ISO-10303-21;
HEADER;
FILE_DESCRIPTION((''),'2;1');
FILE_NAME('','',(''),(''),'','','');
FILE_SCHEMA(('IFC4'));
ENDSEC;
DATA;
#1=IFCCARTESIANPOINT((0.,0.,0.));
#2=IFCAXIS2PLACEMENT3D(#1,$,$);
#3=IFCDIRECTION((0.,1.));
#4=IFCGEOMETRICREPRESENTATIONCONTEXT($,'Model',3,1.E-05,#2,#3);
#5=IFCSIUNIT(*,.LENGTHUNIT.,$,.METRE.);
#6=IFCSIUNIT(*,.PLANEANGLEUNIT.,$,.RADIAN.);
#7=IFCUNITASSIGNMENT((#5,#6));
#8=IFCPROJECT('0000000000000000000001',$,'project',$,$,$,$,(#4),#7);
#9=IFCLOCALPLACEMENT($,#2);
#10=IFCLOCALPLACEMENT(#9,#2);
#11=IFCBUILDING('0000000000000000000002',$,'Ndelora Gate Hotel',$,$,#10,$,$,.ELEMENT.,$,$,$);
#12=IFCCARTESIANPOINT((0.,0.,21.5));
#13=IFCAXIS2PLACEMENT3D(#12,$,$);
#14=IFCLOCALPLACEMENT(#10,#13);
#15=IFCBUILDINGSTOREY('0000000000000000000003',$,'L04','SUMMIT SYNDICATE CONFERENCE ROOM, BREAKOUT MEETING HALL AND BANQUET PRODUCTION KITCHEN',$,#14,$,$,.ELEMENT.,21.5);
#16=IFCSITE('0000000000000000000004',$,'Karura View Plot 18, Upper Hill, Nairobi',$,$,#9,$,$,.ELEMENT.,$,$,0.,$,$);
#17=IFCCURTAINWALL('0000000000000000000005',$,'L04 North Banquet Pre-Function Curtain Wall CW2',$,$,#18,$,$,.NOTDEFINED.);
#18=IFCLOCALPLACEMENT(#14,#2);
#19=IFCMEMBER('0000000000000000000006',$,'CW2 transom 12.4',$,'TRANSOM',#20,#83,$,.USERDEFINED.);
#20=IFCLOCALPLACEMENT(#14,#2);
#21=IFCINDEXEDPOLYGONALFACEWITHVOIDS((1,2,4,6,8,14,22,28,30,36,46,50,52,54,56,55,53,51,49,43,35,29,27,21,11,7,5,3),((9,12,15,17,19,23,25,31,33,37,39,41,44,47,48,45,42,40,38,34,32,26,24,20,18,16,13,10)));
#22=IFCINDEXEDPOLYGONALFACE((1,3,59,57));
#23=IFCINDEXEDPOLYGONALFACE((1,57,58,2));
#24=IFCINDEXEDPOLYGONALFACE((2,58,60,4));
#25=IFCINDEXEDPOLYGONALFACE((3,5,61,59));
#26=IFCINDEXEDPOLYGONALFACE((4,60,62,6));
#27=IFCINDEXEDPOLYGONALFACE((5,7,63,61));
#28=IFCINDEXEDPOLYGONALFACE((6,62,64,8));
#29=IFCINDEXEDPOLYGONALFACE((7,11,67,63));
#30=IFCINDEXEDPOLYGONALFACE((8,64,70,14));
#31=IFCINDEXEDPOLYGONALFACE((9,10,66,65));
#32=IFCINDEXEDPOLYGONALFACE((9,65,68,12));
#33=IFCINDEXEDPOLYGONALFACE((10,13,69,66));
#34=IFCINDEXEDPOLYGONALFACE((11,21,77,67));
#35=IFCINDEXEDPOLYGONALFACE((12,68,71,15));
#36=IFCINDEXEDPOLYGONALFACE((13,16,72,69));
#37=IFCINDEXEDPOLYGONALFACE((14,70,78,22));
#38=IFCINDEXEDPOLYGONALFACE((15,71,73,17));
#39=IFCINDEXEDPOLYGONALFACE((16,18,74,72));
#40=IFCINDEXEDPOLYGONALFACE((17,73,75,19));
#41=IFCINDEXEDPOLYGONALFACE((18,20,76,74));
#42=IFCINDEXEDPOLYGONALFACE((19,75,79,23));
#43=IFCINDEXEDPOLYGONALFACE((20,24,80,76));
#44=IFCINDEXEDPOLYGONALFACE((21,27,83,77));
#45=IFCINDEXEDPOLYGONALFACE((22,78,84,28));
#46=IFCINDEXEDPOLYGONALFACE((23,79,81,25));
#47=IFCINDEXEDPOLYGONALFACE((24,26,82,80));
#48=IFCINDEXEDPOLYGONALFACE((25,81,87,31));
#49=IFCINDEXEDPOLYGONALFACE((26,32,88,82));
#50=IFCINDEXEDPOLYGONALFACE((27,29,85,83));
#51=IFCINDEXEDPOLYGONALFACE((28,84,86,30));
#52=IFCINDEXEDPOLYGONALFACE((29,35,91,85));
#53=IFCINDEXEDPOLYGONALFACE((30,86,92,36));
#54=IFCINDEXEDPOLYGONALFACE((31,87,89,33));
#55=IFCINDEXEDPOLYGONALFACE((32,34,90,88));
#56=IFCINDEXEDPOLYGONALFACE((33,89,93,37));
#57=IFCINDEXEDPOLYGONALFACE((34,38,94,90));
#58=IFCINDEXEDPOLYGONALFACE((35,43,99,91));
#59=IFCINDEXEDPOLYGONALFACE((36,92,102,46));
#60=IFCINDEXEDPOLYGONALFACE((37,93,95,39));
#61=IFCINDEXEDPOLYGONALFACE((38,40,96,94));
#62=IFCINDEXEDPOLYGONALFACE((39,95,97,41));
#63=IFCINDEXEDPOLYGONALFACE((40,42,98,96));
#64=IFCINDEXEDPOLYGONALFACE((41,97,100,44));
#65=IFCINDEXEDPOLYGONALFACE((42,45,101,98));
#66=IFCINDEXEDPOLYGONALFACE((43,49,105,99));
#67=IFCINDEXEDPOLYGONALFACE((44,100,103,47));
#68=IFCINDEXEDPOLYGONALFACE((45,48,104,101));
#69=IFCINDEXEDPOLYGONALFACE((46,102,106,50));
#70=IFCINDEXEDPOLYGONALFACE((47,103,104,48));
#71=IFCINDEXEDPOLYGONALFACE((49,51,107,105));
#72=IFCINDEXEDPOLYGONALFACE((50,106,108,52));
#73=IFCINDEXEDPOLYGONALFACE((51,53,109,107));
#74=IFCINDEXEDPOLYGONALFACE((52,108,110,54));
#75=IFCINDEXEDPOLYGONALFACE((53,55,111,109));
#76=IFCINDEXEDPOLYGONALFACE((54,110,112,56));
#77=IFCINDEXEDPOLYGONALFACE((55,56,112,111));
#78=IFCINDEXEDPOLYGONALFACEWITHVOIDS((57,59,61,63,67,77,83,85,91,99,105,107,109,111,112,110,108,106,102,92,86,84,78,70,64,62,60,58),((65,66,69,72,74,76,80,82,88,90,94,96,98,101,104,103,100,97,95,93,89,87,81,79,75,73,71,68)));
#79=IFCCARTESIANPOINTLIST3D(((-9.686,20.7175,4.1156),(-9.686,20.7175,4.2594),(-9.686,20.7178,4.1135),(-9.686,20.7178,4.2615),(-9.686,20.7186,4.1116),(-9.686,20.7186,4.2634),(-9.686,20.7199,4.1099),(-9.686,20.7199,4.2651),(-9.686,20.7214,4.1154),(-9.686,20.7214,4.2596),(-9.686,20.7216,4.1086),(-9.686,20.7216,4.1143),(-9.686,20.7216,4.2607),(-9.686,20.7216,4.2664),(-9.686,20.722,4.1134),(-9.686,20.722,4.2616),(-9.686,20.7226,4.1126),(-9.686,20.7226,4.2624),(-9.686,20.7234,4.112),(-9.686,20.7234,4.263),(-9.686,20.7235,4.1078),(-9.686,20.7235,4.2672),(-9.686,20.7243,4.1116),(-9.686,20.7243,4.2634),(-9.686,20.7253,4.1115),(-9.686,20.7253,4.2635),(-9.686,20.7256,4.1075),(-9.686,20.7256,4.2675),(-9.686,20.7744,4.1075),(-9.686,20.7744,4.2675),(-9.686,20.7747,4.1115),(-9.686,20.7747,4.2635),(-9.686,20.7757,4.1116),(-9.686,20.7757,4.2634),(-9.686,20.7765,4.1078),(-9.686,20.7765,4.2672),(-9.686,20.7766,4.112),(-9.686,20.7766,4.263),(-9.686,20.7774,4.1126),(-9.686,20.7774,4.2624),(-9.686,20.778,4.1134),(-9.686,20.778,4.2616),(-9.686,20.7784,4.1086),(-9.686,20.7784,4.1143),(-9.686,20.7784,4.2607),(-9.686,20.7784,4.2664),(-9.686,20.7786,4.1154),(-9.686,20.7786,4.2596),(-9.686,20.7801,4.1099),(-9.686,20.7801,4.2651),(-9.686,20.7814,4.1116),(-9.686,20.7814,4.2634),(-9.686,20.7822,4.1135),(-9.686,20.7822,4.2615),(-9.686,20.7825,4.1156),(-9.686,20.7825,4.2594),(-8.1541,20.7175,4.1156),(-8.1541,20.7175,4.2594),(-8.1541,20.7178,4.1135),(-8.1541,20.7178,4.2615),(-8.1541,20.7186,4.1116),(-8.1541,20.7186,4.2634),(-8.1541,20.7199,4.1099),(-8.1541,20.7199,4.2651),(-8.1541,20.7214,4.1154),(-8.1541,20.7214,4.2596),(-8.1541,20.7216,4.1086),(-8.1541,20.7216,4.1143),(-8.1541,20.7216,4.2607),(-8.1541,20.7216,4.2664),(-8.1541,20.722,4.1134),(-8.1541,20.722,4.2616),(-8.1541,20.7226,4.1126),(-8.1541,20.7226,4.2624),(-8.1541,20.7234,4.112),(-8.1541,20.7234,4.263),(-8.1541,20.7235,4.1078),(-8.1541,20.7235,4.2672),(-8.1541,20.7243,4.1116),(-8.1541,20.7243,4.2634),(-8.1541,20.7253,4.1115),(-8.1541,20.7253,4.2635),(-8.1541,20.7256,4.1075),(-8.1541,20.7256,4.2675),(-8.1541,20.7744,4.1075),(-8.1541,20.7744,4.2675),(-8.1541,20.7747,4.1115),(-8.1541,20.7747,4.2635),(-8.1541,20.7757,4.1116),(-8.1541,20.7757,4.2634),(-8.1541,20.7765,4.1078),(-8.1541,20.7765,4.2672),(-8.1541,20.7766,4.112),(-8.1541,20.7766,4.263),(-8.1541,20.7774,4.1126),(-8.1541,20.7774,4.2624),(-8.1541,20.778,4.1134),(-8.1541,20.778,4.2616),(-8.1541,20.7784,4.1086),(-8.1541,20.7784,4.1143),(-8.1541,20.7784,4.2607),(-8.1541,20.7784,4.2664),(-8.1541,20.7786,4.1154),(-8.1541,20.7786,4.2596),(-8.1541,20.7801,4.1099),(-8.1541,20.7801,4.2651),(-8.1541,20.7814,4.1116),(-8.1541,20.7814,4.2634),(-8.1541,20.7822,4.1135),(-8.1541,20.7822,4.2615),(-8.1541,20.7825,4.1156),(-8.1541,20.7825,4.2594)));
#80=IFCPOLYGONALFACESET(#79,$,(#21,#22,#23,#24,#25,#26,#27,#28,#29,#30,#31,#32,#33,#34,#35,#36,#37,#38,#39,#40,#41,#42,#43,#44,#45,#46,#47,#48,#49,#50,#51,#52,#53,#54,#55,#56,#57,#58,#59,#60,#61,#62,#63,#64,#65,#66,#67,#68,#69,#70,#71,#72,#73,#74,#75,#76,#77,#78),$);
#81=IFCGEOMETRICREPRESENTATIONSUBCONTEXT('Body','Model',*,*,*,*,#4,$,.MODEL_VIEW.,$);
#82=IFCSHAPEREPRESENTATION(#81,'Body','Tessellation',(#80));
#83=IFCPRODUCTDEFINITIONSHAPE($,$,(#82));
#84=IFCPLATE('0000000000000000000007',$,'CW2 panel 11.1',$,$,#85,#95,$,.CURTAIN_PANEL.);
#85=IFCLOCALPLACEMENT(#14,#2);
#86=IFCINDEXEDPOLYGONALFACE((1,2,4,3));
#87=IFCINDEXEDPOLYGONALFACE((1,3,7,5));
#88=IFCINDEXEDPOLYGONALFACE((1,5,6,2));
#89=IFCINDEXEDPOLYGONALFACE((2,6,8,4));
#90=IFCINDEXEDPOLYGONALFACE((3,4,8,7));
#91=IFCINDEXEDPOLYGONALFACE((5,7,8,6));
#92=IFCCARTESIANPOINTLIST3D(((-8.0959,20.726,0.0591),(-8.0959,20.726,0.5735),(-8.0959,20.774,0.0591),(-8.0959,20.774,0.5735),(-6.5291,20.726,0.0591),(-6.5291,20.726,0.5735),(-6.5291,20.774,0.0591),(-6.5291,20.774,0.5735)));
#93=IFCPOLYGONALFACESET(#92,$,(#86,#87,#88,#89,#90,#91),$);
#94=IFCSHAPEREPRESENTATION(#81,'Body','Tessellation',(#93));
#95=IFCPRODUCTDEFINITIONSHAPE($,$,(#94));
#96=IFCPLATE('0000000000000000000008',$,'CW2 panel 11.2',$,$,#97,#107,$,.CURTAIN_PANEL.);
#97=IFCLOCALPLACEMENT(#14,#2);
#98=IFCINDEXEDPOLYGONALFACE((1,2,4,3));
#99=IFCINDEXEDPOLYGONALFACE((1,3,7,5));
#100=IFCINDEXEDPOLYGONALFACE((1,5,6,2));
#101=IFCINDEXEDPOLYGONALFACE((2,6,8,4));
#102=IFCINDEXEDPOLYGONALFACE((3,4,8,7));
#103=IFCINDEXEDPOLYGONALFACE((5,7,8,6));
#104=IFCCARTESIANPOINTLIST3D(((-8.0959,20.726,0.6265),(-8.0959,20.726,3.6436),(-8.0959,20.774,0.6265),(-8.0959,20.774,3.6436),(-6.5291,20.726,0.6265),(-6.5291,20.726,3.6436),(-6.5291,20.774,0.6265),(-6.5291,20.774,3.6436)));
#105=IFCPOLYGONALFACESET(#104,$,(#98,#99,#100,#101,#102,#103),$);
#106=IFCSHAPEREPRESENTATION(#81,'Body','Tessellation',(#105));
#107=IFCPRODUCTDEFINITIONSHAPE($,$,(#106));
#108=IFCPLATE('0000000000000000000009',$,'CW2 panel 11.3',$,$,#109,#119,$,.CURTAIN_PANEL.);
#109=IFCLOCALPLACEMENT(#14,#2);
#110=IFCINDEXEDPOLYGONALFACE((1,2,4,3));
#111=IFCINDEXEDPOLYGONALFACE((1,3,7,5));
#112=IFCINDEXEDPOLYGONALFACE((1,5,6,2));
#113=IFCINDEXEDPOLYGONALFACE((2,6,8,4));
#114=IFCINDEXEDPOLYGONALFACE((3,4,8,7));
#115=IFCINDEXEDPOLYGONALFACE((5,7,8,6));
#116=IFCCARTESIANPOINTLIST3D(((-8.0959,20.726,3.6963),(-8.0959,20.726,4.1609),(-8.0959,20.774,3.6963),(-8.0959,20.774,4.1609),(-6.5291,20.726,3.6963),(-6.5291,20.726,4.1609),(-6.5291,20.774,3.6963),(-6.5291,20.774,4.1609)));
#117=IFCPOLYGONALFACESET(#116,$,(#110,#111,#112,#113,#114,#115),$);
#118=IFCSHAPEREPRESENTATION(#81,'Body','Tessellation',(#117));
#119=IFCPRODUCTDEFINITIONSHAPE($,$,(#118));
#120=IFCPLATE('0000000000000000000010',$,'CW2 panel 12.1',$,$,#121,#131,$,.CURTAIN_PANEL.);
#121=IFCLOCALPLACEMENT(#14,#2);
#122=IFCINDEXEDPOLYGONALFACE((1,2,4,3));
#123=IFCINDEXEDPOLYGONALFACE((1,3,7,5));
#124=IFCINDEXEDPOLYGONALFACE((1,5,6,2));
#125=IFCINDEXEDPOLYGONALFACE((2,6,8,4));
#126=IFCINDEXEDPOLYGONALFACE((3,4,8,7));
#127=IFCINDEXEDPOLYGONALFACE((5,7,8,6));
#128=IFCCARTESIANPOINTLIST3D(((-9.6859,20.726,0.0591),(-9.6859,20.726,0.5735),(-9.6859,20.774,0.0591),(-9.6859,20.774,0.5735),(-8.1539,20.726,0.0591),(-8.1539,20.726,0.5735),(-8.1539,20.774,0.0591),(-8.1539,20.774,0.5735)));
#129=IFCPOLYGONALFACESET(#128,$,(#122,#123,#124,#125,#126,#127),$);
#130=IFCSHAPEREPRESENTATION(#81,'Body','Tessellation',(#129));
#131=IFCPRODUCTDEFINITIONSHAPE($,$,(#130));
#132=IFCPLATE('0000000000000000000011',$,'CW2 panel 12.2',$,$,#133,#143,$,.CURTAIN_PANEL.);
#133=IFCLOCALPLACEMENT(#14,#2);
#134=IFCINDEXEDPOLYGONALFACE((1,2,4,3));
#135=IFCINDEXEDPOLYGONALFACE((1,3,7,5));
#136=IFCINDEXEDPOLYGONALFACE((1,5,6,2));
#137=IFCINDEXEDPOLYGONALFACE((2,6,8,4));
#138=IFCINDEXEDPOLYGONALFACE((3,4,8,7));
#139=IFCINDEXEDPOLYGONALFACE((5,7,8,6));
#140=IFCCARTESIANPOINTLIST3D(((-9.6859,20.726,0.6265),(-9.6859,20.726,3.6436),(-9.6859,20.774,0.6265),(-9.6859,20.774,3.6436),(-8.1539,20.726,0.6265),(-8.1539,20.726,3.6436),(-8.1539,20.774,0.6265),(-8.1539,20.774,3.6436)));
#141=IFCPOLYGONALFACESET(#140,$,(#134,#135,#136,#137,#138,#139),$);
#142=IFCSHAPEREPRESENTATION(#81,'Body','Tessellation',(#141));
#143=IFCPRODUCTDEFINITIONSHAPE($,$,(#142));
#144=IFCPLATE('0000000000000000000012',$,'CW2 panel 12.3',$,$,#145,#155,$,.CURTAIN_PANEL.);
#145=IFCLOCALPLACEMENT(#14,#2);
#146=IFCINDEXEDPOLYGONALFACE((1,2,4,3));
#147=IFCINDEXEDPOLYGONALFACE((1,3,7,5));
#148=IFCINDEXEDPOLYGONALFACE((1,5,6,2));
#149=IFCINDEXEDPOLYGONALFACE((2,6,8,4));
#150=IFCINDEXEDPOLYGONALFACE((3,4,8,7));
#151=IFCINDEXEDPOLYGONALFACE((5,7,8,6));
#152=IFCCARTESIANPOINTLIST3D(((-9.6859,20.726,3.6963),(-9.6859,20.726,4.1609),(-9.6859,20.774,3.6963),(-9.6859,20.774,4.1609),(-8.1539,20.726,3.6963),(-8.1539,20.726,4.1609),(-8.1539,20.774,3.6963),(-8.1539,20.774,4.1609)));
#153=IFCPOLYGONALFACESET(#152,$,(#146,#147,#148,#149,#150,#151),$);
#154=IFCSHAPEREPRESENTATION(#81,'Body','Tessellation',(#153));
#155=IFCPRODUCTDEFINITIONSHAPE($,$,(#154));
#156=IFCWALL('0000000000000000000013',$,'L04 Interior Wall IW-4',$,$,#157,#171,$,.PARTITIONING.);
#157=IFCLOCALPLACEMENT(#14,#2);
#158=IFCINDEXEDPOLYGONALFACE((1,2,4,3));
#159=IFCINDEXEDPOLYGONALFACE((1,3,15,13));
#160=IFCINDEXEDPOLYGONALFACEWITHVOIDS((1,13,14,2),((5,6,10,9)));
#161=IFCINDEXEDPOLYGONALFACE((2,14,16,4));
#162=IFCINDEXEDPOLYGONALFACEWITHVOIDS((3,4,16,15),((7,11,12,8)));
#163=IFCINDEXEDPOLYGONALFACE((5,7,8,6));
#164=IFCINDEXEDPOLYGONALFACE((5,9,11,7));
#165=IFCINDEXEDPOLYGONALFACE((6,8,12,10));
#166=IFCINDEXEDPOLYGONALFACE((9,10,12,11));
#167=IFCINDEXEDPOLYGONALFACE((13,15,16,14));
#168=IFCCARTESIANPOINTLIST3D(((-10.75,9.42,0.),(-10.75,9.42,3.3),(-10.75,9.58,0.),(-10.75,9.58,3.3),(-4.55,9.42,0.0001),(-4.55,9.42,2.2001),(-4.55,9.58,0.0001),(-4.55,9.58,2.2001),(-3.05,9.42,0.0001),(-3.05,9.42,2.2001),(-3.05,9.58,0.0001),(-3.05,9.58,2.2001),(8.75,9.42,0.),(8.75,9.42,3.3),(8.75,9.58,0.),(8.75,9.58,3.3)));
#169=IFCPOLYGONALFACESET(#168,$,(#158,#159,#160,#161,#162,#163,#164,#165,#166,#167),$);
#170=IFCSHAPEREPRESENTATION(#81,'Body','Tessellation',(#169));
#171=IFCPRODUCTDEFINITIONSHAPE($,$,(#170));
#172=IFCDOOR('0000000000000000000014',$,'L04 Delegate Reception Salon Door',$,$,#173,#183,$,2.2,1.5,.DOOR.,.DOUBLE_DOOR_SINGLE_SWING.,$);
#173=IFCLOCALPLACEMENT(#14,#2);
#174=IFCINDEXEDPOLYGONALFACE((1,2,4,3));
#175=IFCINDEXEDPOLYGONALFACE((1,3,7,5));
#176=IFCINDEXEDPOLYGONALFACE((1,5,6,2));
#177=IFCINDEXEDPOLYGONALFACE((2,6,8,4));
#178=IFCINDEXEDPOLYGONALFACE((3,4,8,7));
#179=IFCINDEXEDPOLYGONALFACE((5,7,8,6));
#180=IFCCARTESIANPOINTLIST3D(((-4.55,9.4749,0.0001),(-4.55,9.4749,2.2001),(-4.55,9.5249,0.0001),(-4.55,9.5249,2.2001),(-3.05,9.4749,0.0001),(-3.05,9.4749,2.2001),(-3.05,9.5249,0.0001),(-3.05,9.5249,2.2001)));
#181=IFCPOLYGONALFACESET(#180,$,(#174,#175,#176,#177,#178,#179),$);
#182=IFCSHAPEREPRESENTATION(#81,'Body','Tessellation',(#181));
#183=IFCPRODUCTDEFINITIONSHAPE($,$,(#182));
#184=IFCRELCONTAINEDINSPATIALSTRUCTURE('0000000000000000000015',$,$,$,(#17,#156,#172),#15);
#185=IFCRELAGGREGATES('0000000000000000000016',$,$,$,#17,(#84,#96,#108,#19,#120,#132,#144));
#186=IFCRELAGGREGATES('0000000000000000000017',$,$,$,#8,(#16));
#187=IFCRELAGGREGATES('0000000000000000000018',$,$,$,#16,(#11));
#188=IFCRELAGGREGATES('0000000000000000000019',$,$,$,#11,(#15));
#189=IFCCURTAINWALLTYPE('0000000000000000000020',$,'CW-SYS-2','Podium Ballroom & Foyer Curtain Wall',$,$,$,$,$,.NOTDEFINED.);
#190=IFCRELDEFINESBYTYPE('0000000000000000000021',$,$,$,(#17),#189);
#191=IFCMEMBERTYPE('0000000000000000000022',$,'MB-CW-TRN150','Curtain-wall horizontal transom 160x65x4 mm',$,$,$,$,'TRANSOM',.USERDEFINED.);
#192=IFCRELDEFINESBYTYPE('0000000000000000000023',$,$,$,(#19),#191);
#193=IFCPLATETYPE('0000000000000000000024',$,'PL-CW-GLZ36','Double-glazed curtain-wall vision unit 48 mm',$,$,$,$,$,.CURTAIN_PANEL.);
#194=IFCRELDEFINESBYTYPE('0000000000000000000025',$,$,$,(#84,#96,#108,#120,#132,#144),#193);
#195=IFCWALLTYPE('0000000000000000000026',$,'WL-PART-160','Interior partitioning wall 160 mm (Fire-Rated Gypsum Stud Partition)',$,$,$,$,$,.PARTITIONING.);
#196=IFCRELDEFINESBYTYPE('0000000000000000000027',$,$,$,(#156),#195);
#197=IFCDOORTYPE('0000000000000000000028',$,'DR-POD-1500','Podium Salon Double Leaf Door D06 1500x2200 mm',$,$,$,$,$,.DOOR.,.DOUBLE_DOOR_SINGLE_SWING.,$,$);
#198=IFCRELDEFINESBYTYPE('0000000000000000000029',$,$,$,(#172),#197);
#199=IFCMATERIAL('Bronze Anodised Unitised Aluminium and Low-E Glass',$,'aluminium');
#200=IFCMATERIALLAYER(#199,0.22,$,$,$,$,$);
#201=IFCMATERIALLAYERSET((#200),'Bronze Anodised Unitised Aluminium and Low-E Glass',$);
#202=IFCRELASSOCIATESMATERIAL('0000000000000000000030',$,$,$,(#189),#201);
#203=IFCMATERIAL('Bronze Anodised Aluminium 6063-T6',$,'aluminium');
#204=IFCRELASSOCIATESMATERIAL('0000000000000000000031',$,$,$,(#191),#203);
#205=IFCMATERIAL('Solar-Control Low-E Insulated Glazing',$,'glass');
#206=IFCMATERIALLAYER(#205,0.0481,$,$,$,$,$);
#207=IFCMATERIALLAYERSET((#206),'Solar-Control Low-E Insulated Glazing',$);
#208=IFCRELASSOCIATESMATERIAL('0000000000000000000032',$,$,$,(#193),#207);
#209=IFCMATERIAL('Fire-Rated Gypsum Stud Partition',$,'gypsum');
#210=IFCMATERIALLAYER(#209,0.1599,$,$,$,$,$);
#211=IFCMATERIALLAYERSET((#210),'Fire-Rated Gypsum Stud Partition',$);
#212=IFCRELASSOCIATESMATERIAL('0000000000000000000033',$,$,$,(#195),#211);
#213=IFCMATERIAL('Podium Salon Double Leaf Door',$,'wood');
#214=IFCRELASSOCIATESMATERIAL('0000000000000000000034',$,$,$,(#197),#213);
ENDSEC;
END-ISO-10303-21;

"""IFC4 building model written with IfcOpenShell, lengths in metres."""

from ifc_helpers import new_model, si_unit, direction, frame, frame_2d, origin, origin_2d, place, context, subcontext, project, spatial, rectangle, hollow_rectangle, extrude, material, layer, layer_set, material_profile, profile_set, type_object, element, fill, aggregate, save


model = new_model("IFC4")

# Units and contexts
model_context = context("Model", 3, precision=1e-05, world=origin(), true_north=direction((0.0, 1.0)))
body_context = subcontext(model_context, "Body", "Model", "MODEL_VIEW")
ifc_project = project(units=[si_unit("LENGTHUNIT", "METRE"), si_unit("PLANEANGLEUNIT", "RADIAN")], contexts=[model_context])

# Site, building, storey
site_placement = place(None, origin())
site = spatial("IfcSite", under=ifc_project, at=site_placement, Name="Karura View Plot 18, Upper Hill, Nairobi", CompositionType="ELEMENT", RefElevation=0.0)
building_placement = place(site_placement, origin())
building = spatial("IfcBuilding", under=site, at=building_placement, Name="Ndelora Gate Hotel", CompositionType="ELEMENT")
storey_placement = place(building_placement, frame((0.0, 0.0, 21.5)))
storey = spatial("IfcBuildingStorey", under=building, at=storey_placement, Name="L04", Description="SUMMIT SYNDICATE CONFERENCE ROOM, BREAKOUT MEETING HALL AND BANQUET PRODUCTION KITCHEN", CompositionType="ELEMENT", Elevation=21.5)

# Curtain wall, member, plates
ifc_material_1 = material(Name="Bronze Anodised Unitised Aluminium and Low-E Glass", Category="aluminium")
ifc_layer_1 = layer(ifc_material_1, 0.22)
ifc_layer_set_1 = layer_set([ifc_layer_1], Name="Bronze Anodised Unitised Aluminium and Low-E Glass")
curtain_wall_type = type_object("IfcCurtainWallType", Name="CW-SYS-2", Description="Podium Ballroom & Foyer Curtain Wall", PredefinedType="NOTDEFINED", material=ifc_layer_set_1)
curtain_wall_placement = place(storey_placement, origin())
curtain_wall = element("IfcCurtainWall", 1, at=curtain_wall_placement, inside=storey, type_object=curtain_wall_type, Name="L04 North Banquet Pre-Function Curtain Wall CW2", PredefinedType="NOTDEFINED")
ifc_material_2 = material(Name="Bronze Anodised Aluminium 6063-T6", Category="aluminium")
ifc_material_profile_1 = material_profile(ifc_material_2, hollow_rectangle(XDim=0.0649, YDim=0.1599, WallThickness=0.0039, InnerFilletRadius=0.0039, OuterFilletRadius=0.0081, at=origin_2d()), Name="ALU 160x65x4")
ifc_profile_set_1 = profile_set([ifc_material_profile_1], Name="Bronze Anodised Aluminium 6063-T6")
member_type_1 = type_object("IfcMemberType", Name="MB-CW-TRN150", Description="Curtain-wall horizontal transom 160x65x4 mm", ElementType="TRANSOM", PredefinedType="USERDEFINED", material=ifc_profile_set_1)
member_1_placement = place(storey_placement, frame((-8.1541, 20.75, 4.1875), z_axis=(-1.0, 0.0, 0.0), x_axis=(0.0, -1.0, 0.0)))
member_1 = element("IfcMember", 2, at=member_1_placement, type_object=member_type_1, Name="CW2 transom 12.4", ObjectType="TRANSOM", PredefinedType="USERDEFINED", context=body_context, shape_type="SweptSolid", body=[
    extrude(hollow_rectangle(XDim=0.0649, YDim=0.1599, WallThickness=0.0039, InnerFilletRadius=0.0039, OuterFilletRadius=0.0081, at=origin_2d()), origin(), (0.0, 0.0, 1.0), 1.532),
])
ifc_material_3 = material(Name="Solar-Control Low-E Insulated Glazing", Category="glass")
ifc_layer_2 = layer(ifc_material_3, 0.0481)
ifc_layer_set_2 = layer_set([ifc_layer_2], Name="Solar-Control Low-E Insulated Glazing")
plate_type = type_object("IfcPlateType", Name="PL-CW-GLZ36", Description="Double-glazed curtain-wall vision unit 48 mm", PredefinedType="CURTAIN_PANEL", material=ifc_layer_set_2)
plate_1_placement = place(storey_placement, frame((-7.3125, 20.75, 0.0591), z_axis=(0.0, 0.0, 1.0), x_axis=(-1.0, 0.0, 0.0)))
plate_1 = element("IfcPlate", 3, at=plate_1_placement, type_object=plate_type, Name="CW2 panel 11.1", PredefinedType="CURTAIN_PANEL", context=body_context, shape_type="SweptSolid", body=[
    extrude(rectangle(XDim=1.5669, YDim=0.0481, at=origin_2d()), origin(), (0.0, 0.0, 1.0), 0.5144),
])
plate_2_placement = place(storey_placement, frame((-7.3125, 20.75, 0.6265), z_axis=(0.0, 0.0, 1.0), x_axis=(-1.0, 0.0, 0.0)))
plate_2 = element("IfcPlate", 4, at=plate_2_placement, type_object=plate_type, Name="CW2 panel 11.2", PredefinedType="CURTAIN_PANEL", context=body_context, shape_type="SweptSolid", body=[
    extrude(rectangle(XDim=1.5669, YDim=0.0481, at=origin_2d()), origin(), (0.0, 0.0, 1.0), 3.0171),
])
plate_3_placement = place(storey_placement, frame((-7.3125, 20.75, 3.6963), z_axis=(0.0, 0.0, 1.0), x_axis=(-1.0, 0.0, 0.0)))
plate_3 = element("IfcPlate", 5, at=plate_3_placement, type_object=plate_type, Name="CW2 panel 11.3", PredefinedType="CURTAIN_PANEL", context=body_context, shape_type="SweptSolid", body=[
    extrude(rectangle(XDim=1.5669, YDim=0.0481, at=origin_2d()), origin(), (0.0, 0.0, 1.0), 0.4646),
])
plate_4_placement = place(storey_placement, frame((-8.9199, 20.75, 0.0591), z_axis=(0.0, 0.0, 1.0), x_axis=(-1.0, 0.0, 0.0)))
plate_4 = element("IfcPlate", 6, at=plate_4_placement, type_object=plate_type, Name="CW2 panel 12.1", PredefinedType="CURTAIN_PANEL", context=body_context, shape_type="SweptSolid", body=[
    extrude(rectangle(XDim=1.532, YDim=0.0481, at=origin_2d()), origin(), (0.0, 0.0, 1.0), 0.5144),
])
plate_5_placement = place(storey_placement, frame((-8.9199, 20.75, 0.6265), z_axis=(0.0, 0.0, 1.0), x_axis=(-1.0, 0.0, 0.0)))
plate_5 = element("IfcPlate", 7, at=plate_5_placement, type_object=plate_type, Name="CW2 panel 12.2", PredefinedType="CURTAIN_PANEL", context=body_context, shape_type="SweptSolid", body=[
    extrude(rectangle(XDim=1.532, YDim=0.0481, at=origin_2d()), origin(), (0.0, 0.0, 1.0), 3.0171),
])
plate_6_placement = place(storey_placement, frame((-8.9199, 20.75, 3.6963), z_axis=(0.0, 0.0, 1.0), x_axis=(-1.0, 0.0, 0.0)))
plate_6 = element("IfcPlate", 8, at=plate_6_placement, type_object=plate_type, Name="CW2 panel 12.3", PredefinedType="CURTAIN_PANEL", context=body_context, shape_type="SweptSolid", body=[
    extrude(rectangle(XDim=1.532, YDim=0.0481, at=origin_2d()), origin(), (0.0, 0.0, 1.0), 0.4646),
])
aggregate(curtain_wall, [plate_1, plate_2, plate_3, member_1, plate_4, plate_5, plate_6])

# Wall, opening, door
ifc_material_4 = material(Name="Fire-Rated Gypsum Stud Partition", Category="gypsum")
ifc_layer_3 = layer(ifc_material_4, 0.1599)
ifc_layer_set_3 = layer_set([ifc_layer_3], Name="Fire-Rated Gypsum Stud Partition")
wall_type = type_object("IfcWallType", Name="WL-PART-160", Description="Interior partitioning wall 160 mm (Fire-Rated Gypsum Stud Partition)", PredefinedType="PARTITIONING", material=ifc_layer_set_3)
wall_placement = place(storey_placement, frame((-10.75, 9.5, 0.0), z_axis=(0.0, 0.0, 1.0), x_axis=(1.0, 0.0, 0.0)))
wall = element("IfcWall", 9, at=wall_placement, inside=storey, type_object=wall_type, Name="L04 Interior Wall IW-4", PredefinedType="PARTITIONING", context=body_context, shape_type="SweptSolid", body=[
    extrude(rectangle(XDim=19.5, YDim=0.1599, at=frame_2d((9.75, 0.0))), origin(), (0.0, 0.0, 1.0), 3.3),
])
opening_placement = place(wall_placement, frame((6.2, 0.0, 0.0)))
opening = element("IfcOpeningElement", 10, at=opening_placement, cuts=wall, PredefinedType="OPENING", context=body_context, shape_type="SweptSolid", body=[
    extrude(rectangle(XDim=1.5, YDim=2.2, at=frame_2d((0.75, 1.1001))), frame((0.0, 0.0898, 0.0), z_axis=(0.0, -1.0, 0.0), x_axis=(1.0, 0.0, 0.0)), (0.0, 0.0, 1.0), 0.1799),
])
ifc_material_5 = material(Name="Podium Salon Double Leaf Door", Category="wood")
door_type = type_object("IfcDoorType", Name="DR-POD-1500", Description="Podium Salon Double Leaf Door D06 1500x2200 mm", OperationType="DOUBLE_DOOR_SINGLE_SWING", PredefinedType="DOOR", material=ifc_material_5)
door_placement = place(opening_placement, origin())
door = element("IfcDoor", 11, at=door_placement, inside=storey, type_object=door_type, Name="L04 Delegate Reception Salon Door", OperationType="DOUBLE_DOOR_SINGLE_SWING", OverallHeight=2.2, OverallWidth=1.5, PredefinedType="DOOR", context=body_context, shape_type="SweptSolid", body=[
    extrude(rectangle(XDim=1.5, YDim=2.2, at=frame_2d((0.75, 1.1001))), frame((0.0, 0.0249, 0.0), z_axis=(0.0, -1.0, 0.0), x_axis=(1.0, 0.0, 0.0)), (0.0, 0.0, 1.0), 0.05),
])
fill(opening, door)

save(model, "model.ifc")
